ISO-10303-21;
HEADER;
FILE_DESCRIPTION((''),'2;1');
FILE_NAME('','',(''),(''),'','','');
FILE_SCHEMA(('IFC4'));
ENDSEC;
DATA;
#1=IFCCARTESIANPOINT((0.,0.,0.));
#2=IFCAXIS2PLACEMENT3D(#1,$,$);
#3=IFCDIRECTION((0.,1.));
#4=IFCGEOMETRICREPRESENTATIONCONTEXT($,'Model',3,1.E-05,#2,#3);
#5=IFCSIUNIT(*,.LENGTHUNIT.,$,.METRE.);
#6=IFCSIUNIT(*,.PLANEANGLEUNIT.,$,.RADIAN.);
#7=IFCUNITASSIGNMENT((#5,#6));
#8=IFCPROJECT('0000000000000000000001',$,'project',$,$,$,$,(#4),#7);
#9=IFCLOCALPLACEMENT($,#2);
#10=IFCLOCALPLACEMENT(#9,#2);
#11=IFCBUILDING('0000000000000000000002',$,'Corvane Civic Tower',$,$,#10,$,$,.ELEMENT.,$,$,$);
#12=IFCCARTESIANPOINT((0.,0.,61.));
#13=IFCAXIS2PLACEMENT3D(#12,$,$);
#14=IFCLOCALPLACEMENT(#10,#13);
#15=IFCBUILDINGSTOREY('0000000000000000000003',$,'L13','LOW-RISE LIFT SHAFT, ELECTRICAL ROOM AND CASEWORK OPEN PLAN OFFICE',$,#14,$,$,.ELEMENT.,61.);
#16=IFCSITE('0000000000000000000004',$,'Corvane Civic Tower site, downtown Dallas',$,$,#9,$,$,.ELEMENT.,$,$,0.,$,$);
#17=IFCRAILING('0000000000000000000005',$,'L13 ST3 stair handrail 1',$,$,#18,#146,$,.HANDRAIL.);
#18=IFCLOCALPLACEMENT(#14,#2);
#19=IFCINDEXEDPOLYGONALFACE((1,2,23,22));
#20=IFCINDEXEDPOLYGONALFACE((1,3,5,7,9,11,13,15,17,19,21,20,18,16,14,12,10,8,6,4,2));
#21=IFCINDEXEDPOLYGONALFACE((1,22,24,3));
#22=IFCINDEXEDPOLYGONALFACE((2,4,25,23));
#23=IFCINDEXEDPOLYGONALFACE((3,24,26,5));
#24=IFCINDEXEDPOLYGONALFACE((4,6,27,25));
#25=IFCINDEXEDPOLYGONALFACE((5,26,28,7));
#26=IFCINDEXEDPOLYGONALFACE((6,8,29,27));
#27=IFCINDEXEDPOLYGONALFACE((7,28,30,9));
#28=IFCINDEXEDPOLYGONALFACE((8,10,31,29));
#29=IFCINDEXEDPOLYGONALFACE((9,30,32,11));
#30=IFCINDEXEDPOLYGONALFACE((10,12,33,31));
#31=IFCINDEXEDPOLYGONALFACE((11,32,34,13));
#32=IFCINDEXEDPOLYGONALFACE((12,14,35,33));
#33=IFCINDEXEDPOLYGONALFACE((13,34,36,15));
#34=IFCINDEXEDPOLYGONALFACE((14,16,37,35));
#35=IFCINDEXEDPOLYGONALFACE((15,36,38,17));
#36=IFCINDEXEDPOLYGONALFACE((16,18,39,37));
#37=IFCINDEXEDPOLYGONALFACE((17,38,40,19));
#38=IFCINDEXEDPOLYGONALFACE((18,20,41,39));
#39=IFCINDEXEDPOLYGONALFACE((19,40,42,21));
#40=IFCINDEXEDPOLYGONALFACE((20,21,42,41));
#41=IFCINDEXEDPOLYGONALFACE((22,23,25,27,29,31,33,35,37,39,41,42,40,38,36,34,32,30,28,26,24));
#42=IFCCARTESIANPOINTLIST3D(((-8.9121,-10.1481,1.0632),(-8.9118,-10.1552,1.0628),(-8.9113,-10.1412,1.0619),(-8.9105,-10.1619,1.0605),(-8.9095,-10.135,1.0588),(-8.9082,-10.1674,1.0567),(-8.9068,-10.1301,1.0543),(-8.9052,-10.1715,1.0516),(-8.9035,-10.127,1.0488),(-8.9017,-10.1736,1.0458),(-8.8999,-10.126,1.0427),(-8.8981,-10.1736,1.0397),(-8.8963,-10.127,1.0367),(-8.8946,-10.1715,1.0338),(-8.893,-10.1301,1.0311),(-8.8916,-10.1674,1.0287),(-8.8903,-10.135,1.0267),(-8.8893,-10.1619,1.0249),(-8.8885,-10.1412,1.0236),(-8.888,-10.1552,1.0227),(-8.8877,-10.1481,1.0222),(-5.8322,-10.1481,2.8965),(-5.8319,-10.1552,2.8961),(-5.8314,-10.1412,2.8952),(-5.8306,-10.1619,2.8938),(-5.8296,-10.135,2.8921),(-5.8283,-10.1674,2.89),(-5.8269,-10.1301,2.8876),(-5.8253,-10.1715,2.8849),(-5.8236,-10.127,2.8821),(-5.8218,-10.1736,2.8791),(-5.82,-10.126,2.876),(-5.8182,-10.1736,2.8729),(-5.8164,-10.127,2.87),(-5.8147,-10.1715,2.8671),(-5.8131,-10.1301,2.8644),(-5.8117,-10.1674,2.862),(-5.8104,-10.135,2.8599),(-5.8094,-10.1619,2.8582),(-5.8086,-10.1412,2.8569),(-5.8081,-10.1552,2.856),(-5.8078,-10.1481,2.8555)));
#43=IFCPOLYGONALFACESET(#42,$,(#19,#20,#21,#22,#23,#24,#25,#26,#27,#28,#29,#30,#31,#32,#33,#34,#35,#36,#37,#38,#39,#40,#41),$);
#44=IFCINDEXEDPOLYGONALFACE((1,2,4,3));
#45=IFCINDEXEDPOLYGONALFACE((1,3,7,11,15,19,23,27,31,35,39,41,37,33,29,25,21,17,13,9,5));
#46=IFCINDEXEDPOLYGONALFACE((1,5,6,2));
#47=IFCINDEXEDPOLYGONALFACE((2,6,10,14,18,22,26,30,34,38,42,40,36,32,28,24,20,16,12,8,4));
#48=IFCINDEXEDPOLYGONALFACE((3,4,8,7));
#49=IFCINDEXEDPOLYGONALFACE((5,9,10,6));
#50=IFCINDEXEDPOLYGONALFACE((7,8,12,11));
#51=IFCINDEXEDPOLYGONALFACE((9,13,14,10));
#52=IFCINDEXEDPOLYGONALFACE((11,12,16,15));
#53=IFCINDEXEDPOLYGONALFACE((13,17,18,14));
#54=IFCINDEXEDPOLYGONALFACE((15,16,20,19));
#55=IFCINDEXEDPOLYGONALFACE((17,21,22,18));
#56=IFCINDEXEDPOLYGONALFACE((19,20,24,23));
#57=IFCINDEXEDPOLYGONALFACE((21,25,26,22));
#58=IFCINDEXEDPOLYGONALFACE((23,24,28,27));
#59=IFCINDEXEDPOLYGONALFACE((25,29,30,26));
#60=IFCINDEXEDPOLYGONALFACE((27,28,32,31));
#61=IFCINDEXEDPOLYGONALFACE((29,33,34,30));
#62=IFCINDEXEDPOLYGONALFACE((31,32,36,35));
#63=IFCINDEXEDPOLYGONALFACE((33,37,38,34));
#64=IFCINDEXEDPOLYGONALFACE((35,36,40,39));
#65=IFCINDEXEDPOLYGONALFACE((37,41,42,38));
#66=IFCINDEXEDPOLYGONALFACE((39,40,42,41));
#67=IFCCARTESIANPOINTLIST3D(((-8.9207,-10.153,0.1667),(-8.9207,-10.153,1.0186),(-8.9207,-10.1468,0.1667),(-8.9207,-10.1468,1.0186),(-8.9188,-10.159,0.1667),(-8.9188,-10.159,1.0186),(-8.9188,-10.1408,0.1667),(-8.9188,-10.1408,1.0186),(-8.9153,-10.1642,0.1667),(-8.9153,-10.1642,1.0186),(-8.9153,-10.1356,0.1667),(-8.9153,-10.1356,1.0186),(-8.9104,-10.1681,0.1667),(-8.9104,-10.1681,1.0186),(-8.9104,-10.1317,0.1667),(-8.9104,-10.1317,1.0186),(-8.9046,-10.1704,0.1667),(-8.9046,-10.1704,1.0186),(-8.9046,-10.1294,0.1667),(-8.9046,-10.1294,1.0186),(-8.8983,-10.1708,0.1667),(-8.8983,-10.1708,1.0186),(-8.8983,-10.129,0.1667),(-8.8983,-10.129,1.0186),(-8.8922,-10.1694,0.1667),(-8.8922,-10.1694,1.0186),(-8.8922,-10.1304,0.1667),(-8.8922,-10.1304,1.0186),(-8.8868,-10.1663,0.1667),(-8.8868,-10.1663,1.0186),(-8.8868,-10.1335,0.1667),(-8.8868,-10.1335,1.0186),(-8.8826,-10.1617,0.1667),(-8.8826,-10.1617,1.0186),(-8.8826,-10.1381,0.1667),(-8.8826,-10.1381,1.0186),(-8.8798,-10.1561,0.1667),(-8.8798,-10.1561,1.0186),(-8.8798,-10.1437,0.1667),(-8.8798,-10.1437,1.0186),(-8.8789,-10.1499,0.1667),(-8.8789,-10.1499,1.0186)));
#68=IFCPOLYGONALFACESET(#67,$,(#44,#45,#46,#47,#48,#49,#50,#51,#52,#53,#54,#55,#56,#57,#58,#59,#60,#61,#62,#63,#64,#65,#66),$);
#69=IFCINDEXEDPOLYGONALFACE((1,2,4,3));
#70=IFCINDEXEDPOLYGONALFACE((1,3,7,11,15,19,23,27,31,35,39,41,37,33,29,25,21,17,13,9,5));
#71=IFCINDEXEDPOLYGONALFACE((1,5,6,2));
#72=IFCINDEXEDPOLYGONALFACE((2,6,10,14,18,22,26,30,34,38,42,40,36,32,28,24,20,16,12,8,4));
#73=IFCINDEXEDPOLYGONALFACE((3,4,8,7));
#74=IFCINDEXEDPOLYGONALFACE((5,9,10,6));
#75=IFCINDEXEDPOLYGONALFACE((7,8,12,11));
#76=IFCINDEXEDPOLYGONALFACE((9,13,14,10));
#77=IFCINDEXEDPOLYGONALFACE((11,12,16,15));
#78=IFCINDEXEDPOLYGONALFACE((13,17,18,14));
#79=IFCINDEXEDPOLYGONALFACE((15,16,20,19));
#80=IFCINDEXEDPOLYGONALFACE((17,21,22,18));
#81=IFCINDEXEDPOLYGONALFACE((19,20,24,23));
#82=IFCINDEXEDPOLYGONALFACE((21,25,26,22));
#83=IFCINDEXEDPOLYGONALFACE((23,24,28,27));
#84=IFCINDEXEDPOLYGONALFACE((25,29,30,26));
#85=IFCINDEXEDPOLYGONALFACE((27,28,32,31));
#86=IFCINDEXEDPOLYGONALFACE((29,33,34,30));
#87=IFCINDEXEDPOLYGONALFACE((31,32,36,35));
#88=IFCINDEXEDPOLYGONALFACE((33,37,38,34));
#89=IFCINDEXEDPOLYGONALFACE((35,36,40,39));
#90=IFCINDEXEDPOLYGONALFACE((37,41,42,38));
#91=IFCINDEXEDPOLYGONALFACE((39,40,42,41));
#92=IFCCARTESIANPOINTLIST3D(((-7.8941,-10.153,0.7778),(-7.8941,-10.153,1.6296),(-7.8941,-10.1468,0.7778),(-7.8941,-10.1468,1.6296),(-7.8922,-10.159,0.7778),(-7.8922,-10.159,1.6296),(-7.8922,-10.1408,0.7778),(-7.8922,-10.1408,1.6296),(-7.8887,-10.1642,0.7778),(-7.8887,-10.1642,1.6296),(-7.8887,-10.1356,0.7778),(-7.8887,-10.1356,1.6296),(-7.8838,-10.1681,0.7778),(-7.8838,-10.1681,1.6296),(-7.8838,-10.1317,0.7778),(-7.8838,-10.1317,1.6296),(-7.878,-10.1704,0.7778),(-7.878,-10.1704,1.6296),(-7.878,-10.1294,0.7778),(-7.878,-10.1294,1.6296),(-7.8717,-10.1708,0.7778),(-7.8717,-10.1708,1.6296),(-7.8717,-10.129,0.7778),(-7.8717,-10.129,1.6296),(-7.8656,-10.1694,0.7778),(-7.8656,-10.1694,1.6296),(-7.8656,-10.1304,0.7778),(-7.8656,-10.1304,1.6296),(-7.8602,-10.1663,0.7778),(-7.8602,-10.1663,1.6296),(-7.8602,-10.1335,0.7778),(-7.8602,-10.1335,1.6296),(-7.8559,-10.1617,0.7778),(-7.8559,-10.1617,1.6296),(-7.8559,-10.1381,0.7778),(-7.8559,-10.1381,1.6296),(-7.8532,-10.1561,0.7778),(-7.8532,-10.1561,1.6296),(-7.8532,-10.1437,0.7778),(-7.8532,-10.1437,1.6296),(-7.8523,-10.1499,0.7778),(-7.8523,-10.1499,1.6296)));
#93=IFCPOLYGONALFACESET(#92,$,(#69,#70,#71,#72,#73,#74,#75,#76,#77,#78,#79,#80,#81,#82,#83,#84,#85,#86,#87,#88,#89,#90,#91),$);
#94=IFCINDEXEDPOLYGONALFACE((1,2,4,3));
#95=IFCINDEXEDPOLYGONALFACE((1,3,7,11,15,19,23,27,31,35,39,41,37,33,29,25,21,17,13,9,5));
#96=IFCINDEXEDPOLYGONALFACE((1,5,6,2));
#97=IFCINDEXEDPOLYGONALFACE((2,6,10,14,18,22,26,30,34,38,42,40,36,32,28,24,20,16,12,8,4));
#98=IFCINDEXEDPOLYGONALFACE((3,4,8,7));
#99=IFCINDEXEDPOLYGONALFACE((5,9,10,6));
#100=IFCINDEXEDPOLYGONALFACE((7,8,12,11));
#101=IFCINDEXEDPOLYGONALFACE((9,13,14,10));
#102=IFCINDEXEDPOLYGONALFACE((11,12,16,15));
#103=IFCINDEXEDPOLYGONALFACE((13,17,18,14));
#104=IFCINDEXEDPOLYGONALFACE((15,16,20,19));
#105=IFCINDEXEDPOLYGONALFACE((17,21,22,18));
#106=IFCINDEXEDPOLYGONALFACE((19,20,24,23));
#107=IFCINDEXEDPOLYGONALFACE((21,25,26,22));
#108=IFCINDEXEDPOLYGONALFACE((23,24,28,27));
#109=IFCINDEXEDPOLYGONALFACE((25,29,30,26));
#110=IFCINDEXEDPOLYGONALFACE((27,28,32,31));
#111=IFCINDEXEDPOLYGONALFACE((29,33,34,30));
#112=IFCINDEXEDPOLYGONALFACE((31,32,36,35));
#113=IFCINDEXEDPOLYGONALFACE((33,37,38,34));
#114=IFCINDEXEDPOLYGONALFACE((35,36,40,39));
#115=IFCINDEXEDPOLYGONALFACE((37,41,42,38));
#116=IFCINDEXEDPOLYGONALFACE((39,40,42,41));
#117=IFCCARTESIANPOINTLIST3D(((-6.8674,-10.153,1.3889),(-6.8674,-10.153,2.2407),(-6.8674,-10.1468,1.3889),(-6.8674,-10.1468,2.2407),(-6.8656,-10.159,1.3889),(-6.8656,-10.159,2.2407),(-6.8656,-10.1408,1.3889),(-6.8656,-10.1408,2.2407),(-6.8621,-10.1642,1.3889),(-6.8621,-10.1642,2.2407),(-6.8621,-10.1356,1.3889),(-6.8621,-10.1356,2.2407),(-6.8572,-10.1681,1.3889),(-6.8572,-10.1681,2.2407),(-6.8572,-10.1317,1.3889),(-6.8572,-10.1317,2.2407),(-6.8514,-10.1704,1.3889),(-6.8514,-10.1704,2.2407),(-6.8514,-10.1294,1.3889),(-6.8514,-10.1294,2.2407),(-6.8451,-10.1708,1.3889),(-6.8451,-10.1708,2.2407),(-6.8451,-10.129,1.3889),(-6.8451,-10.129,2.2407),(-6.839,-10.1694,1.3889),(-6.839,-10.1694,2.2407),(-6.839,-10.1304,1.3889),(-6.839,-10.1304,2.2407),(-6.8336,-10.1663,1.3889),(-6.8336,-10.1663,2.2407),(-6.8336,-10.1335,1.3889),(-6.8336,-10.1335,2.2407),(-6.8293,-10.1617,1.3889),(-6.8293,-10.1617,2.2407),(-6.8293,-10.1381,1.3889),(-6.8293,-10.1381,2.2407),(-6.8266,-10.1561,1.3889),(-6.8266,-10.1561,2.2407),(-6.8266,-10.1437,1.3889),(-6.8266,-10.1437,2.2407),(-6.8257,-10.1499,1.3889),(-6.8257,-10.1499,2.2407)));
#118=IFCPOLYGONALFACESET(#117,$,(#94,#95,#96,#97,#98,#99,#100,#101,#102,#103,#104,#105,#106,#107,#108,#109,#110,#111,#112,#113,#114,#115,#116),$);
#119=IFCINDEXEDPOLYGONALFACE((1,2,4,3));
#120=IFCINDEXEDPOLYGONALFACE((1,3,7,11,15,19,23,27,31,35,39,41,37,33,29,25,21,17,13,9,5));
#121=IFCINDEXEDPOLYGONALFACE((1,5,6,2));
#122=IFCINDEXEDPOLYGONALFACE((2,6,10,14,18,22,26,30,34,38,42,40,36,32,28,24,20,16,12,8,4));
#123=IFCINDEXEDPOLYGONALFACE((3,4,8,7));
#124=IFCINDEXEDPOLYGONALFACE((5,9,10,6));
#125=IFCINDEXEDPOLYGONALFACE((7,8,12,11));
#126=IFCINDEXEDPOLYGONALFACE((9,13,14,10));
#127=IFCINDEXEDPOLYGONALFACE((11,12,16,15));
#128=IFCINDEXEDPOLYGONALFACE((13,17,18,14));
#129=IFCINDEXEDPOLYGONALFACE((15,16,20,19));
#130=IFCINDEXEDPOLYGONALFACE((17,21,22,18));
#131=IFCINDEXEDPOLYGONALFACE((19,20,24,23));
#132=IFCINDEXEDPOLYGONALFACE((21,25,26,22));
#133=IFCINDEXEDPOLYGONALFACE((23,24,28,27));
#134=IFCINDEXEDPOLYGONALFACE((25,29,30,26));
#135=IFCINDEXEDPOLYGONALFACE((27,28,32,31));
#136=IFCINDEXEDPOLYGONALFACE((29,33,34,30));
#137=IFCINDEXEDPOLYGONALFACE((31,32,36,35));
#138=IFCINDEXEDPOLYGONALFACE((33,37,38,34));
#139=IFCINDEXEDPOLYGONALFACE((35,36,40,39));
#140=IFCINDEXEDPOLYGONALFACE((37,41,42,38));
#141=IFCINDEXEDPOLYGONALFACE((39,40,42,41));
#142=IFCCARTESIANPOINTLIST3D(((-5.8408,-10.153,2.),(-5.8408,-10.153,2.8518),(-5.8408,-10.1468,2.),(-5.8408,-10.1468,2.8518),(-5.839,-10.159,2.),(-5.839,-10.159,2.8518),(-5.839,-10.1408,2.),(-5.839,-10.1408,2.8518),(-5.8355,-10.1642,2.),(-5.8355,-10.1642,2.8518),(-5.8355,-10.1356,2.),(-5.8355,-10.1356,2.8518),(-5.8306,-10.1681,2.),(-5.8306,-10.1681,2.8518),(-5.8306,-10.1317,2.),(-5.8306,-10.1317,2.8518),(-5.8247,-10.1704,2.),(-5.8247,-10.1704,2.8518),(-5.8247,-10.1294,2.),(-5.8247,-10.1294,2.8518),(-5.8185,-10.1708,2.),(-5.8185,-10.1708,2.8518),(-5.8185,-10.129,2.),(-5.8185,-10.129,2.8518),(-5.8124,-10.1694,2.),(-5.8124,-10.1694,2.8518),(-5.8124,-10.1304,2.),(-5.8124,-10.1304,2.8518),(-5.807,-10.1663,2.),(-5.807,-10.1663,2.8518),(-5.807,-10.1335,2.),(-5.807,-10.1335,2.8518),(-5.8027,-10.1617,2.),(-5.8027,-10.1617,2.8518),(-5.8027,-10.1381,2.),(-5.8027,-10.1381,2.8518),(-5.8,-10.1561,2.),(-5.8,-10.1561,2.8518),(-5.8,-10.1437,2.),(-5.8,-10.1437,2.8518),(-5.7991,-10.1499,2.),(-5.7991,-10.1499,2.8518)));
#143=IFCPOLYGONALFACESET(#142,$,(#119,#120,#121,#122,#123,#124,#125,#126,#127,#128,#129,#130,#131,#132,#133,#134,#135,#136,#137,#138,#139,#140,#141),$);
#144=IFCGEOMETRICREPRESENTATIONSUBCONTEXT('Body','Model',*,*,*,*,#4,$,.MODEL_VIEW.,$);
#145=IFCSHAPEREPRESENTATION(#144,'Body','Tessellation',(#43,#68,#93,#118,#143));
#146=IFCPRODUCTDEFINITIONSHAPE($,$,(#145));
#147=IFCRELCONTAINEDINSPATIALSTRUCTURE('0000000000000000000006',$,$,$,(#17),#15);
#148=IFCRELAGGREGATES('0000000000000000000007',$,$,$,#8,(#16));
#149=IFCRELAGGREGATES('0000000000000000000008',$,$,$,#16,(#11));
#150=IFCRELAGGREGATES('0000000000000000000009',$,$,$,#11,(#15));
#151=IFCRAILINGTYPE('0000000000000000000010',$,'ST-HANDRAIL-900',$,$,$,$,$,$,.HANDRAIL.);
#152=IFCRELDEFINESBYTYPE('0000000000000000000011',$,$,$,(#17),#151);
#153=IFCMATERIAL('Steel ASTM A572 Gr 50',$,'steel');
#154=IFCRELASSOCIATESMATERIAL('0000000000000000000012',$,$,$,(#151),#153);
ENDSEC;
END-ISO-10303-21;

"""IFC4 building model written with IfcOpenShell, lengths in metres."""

from ifc_helpers import new_model, si_unit, direction, frame, origin, origin_2d, place, context, subcontext, project, spatial, circle, extrude, material, type_object, element, save


model = new_model("IFC4")

# Units and contexts
model_context = context("Model", 3, precision=1e-05, world=origin(), true_north=direction((0.0, 1.0)))
body_context = subcontext(model_context, "Body", "Model", "MODEL_VIEW")
ifc_project = project(units=[si_unit("LENGTHUNIT", "METRE"), si_unit("PLANEANGLEUNIT", "RADIAN")], contexts=[model_context])

# Site, building, storey
site_placement = place(None, origin())
site = spatial("IfcSite", under=ifc_project, at=site_placement, Name="Corvane Civic Tower site, downtown Dallas", CompositionType="ELEMENT", RefElevation=0.0)
building_placement = place(site_placement, origin())
building = spatial("IfcBuilding", under=site, at=building_placement, Name="Corvane Civic Tower", CompositionType="ELEMENT")
storey_placement = place(building_placement, frame((0.0, 0.0, 61.0)))
storey = spatial("IfcBuildingStorey", under=building, at=storey_placement, Name="L13", Description="LOW-RISE LIFT SHAFT, ELECTRICAL ROOM AND CASEWORK OPEN PLAN OFFICE", CompositionType="ELEMENT", Elevation=61.0)

# Railing
ifc_material_1 = material(Name="Steel ASTM A572 Gr 50", Category="steel")
railing_type = type_object("IfcRailingType", Name="ST-HANDRAIL-900", PredefinedType="HANDRAIL", material=ifc_material_1)
railing_1_placement = place(storey_placement, frame((-8.8999, -10.1499, 0.1667)))
element("IfcRailing", 1, at=railing_1_placement, inside=storey, type_object=railing_type, Name="L13 ST3 stair handrail 1", PredefinedType="HANDRAIL", context=body_context, shape_type="SweptSolid", body=[
    extrude(circle(Radius=0.0239, at=origin_2d()), frame((0.0, 0.0, 0.876), z_axis=(0.859291, 0.0, 0.511487), x_axis=(0.0, 1.0, 0.0)), (0.0, 0.0, 1.0), 3.5842),
    extrude(circle(Radius=0.021, at=origin_2d()), origin(), (0.0, 0.0, 1.0), 0.8518),
    extrude(circle(Radius=0.021, at=origin_2d()), frame((1.0266, 0.0, 0.6111)), (0.0, 0.0, 1.0), 0.8518),
    extrude(circle(Radius=0.021, at=origin_2d()), frame((2.0532, 0.0, 1.2222)), (0.0, 0.0, 1.0), 0.8518),
    extrude(circle(Radius=0.021, at=origin_2d()), frame((3.0798, 0.0, 1.8333)), (0.0, 0.0, 1.0), 0.8518),
])

save(model, "model.ifc")
